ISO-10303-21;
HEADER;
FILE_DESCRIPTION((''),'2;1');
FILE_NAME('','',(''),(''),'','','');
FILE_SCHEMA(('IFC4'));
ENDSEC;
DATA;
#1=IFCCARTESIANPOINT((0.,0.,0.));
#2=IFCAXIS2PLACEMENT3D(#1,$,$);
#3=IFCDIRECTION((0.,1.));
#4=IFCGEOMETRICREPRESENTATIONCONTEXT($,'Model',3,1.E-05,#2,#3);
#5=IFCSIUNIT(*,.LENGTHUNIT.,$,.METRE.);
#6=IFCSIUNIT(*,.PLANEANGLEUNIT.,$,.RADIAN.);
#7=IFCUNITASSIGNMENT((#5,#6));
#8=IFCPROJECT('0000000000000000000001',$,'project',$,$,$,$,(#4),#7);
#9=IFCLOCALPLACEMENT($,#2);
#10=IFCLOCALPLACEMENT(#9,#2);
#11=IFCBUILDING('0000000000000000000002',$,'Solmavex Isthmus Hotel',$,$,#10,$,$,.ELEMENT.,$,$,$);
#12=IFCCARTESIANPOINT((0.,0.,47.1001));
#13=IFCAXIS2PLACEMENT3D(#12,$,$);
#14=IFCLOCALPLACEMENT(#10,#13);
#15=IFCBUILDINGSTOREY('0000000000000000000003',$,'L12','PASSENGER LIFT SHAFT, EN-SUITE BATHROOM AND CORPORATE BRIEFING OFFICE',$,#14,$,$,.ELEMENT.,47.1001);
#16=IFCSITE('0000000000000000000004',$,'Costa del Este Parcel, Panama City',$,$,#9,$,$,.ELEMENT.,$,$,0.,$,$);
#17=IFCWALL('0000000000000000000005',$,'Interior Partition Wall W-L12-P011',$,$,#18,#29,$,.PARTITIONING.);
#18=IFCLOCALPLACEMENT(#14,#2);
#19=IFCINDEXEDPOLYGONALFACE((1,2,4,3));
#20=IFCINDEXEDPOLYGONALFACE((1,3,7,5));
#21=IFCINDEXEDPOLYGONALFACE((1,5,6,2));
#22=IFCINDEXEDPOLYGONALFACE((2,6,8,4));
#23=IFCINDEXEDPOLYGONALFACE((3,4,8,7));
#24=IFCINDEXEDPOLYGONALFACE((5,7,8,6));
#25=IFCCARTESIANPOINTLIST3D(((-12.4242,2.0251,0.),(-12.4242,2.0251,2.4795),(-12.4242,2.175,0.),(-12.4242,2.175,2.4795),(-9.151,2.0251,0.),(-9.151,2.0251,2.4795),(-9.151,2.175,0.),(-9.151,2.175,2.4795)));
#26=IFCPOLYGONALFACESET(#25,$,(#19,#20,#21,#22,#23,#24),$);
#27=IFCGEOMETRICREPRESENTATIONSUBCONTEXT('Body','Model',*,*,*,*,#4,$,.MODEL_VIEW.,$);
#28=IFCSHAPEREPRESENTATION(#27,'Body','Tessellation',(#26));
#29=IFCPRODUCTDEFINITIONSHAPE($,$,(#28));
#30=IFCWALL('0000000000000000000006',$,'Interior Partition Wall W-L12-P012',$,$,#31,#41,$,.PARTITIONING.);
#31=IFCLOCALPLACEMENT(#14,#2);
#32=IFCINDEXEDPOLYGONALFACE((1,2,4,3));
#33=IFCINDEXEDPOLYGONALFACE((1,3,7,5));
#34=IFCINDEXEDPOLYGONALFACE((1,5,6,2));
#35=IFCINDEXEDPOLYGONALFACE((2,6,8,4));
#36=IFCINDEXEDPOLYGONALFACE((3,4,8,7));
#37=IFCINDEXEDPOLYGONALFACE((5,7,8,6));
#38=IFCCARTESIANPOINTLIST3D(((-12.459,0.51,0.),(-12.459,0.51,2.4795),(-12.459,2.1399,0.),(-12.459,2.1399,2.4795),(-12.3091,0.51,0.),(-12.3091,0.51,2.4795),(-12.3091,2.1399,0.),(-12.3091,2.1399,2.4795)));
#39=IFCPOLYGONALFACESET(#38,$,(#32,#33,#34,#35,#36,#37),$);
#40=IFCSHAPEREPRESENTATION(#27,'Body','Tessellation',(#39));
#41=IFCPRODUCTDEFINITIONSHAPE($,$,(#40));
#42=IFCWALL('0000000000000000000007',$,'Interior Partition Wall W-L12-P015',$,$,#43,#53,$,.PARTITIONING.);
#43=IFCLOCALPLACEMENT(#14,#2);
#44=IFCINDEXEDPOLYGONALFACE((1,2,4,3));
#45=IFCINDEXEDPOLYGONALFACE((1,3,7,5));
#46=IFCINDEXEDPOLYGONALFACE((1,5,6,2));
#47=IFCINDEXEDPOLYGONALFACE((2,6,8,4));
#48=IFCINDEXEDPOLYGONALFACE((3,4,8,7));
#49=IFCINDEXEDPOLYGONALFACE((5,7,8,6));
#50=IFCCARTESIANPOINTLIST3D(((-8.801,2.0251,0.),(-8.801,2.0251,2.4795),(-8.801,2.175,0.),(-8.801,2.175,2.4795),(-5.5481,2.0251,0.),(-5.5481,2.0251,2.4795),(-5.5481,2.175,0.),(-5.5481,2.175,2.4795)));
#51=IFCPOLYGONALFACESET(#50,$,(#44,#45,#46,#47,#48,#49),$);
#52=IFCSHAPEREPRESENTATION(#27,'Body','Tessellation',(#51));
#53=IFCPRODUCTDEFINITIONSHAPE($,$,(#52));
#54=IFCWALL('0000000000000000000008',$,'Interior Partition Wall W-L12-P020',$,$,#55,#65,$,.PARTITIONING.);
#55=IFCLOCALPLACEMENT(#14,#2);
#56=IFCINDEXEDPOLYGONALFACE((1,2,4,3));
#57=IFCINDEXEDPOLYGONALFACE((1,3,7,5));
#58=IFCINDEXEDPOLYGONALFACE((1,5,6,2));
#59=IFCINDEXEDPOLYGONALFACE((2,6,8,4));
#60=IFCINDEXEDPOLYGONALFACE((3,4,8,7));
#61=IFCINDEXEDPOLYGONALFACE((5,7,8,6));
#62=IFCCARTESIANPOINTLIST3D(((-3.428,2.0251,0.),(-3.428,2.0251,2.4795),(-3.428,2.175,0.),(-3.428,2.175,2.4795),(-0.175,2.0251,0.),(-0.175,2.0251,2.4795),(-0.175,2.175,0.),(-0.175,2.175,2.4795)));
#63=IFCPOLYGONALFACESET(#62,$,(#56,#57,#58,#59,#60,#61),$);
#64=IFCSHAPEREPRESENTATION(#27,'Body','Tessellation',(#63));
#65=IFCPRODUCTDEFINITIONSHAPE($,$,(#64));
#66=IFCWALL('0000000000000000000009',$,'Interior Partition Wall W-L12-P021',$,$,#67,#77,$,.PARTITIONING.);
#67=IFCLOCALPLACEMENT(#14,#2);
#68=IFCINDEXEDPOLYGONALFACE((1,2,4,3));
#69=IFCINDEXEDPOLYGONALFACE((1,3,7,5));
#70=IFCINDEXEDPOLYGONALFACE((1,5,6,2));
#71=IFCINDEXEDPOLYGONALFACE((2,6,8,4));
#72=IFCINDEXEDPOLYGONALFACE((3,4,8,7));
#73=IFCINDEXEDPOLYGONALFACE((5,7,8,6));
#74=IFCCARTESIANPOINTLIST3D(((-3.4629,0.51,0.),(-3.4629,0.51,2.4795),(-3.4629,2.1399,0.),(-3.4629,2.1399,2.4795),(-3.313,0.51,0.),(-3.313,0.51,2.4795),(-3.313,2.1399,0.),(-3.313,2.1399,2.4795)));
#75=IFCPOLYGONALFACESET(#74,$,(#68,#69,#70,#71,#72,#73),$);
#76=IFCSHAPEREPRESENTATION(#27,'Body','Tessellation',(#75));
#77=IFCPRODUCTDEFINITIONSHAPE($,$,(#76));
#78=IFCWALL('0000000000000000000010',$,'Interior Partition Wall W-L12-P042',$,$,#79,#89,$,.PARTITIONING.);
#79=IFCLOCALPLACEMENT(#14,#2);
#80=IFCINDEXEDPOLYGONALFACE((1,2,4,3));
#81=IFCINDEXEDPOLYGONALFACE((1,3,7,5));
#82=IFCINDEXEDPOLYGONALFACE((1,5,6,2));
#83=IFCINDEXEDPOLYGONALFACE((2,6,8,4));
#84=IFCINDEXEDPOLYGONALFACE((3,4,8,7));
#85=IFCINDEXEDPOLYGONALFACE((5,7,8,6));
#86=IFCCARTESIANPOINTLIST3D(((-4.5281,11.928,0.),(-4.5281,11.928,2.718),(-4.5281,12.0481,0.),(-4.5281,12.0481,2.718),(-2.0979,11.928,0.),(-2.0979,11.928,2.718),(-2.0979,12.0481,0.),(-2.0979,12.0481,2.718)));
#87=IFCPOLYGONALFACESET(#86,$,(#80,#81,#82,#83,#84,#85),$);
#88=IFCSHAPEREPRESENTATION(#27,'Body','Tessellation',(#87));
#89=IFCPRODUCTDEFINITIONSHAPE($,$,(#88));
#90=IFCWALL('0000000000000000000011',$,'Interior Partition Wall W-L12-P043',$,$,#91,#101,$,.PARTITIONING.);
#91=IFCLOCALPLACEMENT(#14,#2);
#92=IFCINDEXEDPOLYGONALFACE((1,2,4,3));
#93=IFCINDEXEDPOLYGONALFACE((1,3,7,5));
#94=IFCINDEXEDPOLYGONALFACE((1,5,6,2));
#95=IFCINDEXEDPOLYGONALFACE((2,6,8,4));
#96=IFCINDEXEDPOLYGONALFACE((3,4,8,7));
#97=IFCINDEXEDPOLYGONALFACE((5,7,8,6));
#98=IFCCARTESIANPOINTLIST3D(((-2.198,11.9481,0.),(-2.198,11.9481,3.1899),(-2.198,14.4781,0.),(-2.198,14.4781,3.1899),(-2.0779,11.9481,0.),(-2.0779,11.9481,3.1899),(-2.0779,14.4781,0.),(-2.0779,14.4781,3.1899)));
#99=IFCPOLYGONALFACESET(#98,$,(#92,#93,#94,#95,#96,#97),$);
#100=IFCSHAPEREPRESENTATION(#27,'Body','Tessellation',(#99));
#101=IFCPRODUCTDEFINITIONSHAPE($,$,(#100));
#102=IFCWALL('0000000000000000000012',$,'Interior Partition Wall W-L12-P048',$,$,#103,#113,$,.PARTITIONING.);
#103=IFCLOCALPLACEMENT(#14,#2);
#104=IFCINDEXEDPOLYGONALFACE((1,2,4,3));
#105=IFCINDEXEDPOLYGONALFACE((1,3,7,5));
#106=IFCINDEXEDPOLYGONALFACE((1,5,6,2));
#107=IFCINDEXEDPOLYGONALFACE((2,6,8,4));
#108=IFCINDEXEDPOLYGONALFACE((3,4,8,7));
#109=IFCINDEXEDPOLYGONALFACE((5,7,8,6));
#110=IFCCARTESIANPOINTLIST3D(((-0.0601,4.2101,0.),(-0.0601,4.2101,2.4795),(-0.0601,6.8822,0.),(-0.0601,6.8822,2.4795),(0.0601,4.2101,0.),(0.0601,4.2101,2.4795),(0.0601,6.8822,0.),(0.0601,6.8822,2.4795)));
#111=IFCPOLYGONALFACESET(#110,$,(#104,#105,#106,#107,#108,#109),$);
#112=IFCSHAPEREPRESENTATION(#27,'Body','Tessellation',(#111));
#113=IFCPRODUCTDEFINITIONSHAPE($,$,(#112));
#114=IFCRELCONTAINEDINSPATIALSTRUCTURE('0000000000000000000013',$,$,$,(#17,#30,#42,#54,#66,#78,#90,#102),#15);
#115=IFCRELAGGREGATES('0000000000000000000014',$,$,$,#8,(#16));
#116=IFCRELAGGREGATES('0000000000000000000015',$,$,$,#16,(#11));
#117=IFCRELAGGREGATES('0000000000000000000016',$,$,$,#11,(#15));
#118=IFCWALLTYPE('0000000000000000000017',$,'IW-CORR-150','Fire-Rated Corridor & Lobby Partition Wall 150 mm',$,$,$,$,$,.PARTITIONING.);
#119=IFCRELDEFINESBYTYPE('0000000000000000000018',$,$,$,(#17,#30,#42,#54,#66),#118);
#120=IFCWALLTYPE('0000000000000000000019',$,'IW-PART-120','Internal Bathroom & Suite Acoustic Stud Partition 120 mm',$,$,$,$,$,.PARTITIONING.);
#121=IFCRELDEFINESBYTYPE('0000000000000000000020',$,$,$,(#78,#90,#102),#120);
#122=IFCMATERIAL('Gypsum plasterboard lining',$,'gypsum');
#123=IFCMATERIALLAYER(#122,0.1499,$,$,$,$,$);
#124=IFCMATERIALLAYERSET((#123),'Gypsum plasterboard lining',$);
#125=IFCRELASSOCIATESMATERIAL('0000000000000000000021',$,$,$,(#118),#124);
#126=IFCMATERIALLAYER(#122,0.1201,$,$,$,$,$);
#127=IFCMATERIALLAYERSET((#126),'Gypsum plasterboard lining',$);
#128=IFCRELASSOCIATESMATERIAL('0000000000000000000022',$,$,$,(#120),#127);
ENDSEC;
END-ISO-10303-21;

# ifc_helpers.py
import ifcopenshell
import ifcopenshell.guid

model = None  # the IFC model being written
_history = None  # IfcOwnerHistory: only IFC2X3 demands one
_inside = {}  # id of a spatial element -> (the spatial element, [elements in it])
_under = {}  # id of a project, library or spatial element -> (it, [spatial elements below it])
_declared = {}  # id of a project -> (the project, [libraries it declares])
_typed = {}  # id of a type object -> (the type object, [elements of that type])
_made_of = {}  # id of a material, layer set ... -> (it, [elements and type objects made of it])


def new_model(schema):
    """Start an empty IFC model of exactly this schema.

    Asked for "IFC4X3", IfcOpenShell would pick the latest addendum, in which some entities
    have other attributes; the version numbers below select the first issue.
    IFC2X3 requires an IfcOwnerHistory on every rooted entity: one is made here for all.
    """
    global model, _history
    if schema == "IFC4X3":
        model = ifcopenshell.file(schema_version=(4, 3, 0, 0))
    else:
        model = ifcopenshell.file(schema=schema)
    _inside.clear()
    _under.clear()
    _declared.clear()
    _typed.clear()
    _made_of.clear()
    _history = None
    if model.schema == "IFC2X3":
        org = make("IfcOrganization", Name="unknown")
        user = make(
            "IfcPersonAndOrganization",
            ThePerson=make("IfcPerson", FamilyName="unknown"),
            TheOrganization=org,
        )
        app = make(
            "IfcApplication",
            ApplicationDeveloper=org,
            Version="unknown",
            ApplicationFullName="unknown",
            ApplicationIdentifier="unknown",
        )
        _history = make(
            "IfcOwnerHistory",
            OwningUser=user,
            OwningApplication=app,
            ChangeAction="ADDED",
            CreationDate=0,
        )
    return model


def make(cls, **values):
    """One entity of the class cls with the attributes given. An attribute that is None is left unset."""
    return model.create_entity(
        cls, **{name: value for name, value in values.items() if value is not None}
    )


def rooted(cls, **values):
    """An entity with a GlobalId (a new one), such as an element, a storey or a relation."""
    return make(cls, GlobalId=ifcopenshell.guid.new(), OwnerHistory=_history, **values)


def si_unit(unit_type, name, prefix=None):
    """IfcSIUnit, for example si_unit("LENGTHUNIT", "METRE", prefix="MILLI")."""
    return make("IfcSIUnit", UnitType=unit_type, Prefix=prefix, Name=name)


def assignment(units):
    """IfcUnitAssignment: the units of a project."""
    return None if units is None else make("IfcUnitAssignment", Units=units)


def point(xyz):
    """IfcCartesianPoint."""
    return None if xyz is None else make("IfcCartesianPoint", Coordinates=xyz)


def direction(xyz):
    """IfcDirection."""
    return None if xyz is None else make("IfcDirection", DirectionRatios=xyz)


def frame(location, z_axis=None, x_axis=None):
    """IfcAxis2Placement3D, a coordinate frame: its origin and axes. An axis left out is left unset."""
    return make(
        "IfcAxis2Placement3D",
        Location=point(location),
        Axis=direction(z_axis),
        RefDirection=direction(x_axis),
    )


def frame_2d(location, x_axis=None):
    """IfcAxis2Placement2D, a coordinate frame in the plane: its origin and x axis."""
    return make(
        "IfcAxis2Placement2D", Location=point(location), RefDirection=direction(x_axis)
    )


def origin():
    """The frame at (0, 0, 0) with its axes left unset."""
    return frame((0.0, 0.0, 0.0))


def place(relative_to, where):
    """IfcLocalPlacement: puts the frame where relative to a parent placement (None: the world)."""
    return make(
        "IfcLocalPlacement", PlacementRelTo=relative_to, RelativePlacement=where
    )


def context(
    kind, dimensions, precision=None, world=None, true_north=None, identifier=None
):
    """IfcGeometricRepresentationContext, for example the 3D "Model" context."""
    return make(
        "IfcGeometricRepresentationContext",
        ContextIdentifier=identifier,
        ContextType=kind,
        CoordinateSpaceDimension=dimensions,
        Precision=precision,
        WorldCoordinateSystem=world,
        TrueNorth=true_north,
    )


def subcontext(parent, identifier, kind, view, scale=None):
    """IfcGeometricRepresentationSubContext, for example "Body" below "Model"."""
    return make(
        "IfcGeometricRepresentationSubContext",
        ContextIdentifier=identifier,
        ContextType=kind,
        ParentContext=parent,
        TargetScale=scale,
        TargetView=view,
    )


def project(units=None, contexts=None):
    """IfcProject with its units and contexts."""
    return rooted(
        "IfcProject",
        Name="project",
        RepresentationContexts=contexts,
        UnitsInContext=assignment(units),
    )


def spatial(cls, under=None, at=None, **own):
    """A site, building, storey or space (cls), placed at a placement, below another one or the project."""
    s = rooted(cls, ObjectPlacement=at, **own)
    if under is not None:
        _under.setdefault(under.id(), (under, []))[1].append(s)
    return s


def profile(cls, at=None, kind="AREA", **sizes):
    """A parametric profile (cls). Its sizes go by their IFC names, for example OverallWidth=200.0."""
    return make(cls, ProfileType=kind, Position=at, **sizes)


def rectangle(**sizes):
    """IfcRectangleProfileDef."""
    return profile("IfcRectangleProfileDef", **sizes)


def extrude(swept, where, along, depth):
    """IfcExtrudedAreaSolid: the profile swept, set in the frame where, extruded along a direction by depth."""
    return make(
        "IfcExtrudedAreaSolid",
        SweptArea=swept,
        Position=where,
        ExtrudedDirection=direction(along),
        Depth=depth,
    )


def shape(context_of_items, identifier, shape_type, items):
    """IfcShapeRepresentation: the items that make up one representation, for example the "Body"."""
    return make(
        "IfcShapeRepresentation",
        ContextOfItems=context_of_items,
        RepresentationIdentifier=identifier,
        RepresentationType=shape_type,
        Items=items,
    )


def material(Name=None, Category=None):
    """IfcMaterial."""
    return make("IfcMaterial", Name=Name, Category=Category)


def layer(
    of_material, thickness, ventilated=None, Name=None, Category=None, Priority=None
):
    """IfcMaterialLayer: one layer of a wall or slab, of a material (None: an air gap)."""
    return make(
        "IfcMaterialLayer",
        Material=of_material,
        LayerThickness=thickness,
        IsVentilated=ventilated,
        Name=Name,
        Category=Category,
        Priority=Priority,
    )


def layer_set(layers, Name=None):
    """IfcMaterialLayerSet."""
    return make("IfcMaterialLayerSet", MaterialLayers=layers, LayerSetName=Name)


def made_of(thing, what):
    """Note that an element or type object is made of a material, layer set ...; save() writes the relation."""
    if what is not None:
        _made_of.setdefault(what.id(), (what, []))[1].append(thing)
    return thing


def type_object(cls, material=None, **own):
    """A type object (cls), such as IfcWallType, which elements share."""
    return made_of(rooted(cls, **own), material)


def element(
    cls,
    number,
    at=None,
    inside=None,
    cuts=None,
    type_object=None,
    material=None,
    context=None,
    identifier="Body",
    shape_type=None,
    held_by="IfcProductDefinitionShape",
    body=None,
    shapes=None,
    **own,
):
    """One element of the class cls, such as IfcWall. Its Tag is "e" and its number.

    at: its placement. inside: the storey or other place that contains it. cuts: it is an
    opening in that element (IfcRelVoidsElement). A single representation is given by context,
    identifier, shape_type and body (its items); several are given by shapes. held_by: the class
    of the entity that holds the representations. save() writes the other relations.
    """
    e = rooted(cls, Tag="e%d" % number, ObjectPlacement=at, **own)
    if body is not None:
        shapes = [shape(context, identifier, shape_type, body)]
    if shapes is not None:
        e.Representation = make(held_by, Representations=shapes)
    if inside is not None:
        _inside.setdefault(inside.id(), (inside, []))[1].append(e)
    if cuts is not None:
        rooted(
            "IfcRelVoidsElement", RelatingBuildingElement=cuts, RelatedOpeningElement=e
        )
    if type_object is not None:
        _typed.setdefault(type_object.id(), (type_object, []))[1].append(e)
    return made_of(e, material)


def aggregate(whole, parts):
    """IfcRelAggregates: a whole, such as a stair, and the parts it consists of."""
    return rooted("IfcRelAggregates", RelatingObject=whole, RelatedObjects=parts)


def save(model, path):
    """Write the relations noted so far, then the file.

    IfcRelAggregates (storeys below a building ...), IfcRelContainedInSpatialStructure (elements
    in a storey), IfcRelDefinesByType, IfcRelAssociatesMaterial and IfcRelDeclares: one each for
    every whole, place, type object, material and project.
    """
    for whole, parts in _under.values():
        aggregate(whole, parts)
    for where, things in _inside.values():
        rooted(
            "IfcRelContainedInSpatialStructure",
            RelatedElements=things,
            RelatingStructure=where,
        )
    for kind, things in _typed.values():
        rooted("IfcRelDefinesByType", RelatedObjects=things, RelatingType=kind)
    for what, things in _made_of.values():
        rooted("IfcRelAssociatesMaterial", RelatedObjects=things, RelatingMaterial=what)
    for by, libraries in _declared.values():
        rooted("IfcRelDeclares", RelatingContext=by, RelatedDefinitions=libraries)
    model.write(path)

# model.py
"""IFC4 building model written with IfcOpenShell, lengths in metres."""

from ifc_helpers import new_model, si_unit, direction, frame, frame_2d, origin, place, context, subcontext, project, spatial, rectangle, extrude, material, layer, layer_set, type_object, element, save


model = new_model("IFC4")

# Units and contexts
model_context = context("Model", 3, precision=1e-05, world=origin(), true_north=direction((0.0, 1.0)))
body_context = subcontext(model_context, "Body", "Model", "MODEL_VIEW")
ifc_project = project(units=[si_unit("LENGTHUNIT", "METRE"), si_unit("PLANEANGLEUNIT", "RADIAN")], contexts=[model_context])

# Site, building, storey
site_placement = place(None, origin())
site = spatial("IfcSite", under=ifc_project, at=site_placement, Name="Costa del Este Parcel, Panama City", CompositionType="ELEMENT", RefElevation=0.0)
building_placement = place(site_placement, origin())
building = spatial("IfcBuilding", under=site, at=building_placement, Name="Solmavex Isthmus Hotel", CompositionType="ELEMENT")
storey_placement = place(building_placement, frame((0.0, 0.0, 47.1001)))
storey = spatial("IfcBuildingStorey", under=building, at=storey_placement, Name="L12", Description="PASSENGER LIFT SHAFT, EN-SUITE BATHROOM AND CORPORATE BRIEFING OFFICE", CompositionType="ELEMENT", Elevation=47.1001)

# Shared definitions
ifc_material_1 = material(Name="Gypsum plasterboard lining", Category="gypsum")

# Shared definitions
ifc_layer_1 = layer(ifc_material_1, 0.1499)
ifc_layer_set_1 = layer_set([ifc_layer_1], Name="Gypsum plasterboard lining")
wall_type_1 = type_object("IfcWallType", Name="IW-CORR-150", Description="Fire-Rated Corridor & Lobby Partition Wall 150 mm", PredefinedType="PARTITIONING", material=ifc_layer_set_1)

# Walls
wall_1_placement = place(storey_placement, frame((-9.1509, 2.1001, 0.0), z_axis=(0.0, 0.0, 1.0), x_axis=(-1.0, 0.0, 0.0)))
element("IfcWall", 1, at=wall_1_placement, inside=storey, type_object=wall_type_1, Name="Interior Partition Wall W-L12-P011", PredefinedType="PARTITIONING", context=body_context, shape_type="SweptSolid", body=[
    extrude(rectangle(XDim=3.2732, YDim=0.1499, at=frame_2d((1.6367, 0.0))), origin(), (0.0, 0.0, 1.0), 2.4795),
])
wall_2_placement = place(storey_placement, frame((-12.384, 2.1399, 0.0), z_axis=(0.0, 0.0, 1.0), x_axis=(0.0, -1.0, 0.0)))
element("IfcWall", 2, at=wall_2_placement, inside=storey, type_object=wall_type_1, Name="Interior Partition Wall W-L12-P012", PredefinedType="PARTITIONING", context=body_context, shape_type="SweptSolid", body=[
    extrude(rectangle(XDim=1.6299, YDim=0.1499, at=frame_2d((0.8149, 0.0))), origin(), (0.0, 0.0, 1.0), 2.4795),
])
for number, where, z_axis, x_axis, name in (
    (3, (-5.5481, 2.1001, 0.0), (0.0, 0.0, 1.0), (-1.0, 0.0, 0.0), "Interior Partition Wall W-L12-P015"),
    (4, (-0.175, 2.1001, 0.0), (0.0, 0.0, 1.0), (-1.0, 0.0, 0.0), "Interior Partition Wall W-L12-P020"),
):
    element("IfcWall", number, at=place(storey_placement, frame(where, z_axis=z_axis, x_axis=x_axis)), inside=storey, type_object=wall_type_1, Name=name, PredefinedType="PARTITIONING", context=body_context, shape_type="SweptSolid", body=[
        extrude(rectangle(XDim=3.2529, YDim=0.1499, at=frame_2d((1.6265, 0.0))), origin(), (0.0, 0.0, 1.0), 2.4795),
    ])
wall_3_placement = place(storey_placement, frame((-3.3879, 2.1399, 0.0), z_axis=(0.0, 0.0, 1.0), x_axis=(0.0, -1.0, 0.0)))
element("IfcWall", 5, at=wall_3_placement, inside=storey, type_object=wall_type_1, Name="Interior Partition Wall W-L12-P021", PredefinedType="PARTITIONING", context=body_context, shape_type="SweptSolid", body=[
    extrude(rectangle(XDim=1.6299, YDim=0.1499, at=frame_2d((0.8149, 0.0))), origin(), (0.0, 0.0, 1.0), 2.4795),
])
ifc_layer_2 = layer(ifc_material_1, 0.1201)
ifc_layer_set_2 = layer_set([ifc_layer_2], Name="Gypsum plasterboard lining")
wall_type_2 = type_object("IfcWallType", Name="IW-PART-120", Description="Internal Bathroom & Suite Acoustic Stud Partition 120 mm", PredefinedType="PARTITIONING", material=ifc_layer_set_2)
wall_4_placement = place(storey_placement, frame((-4.5281, 11.988, 0.0), z_axis=(0.0, 0.0, 1.0), x_axis=(1.0, 0.0, 0.0)))
element("IfcWall", 6, at=wall_4_placement, inside=storey, type_object=wall_type_2, Name="Interior Partition Wall W-L12-P042", PredefinedType="PARTITIONING", context=body_context, shape_type="SweptSolid", body=[
    extrude(rectangle(XDim=2.4302, YDim=0.1201, at=frame_2d((1.2151, 0.0))), origin(), (0.0, 0.0, 1.0), 2.718),
])
wall_5_placement = place(storey_placement, frame((-2.1379, 11.948, 0.0), z_axis=(0.0, 0.0, 1.0), x_axis=(0.0, 1.0, 0.0)))
element("IfcWall", 7, at=wall_5_placement, inside=storey, type_object=wall_type_2, Name="Interior Partition Wall W-L12-P043", PredefinedType="PARTITIONING", context=body_context, shape_type="SweptSolid", body=[
    extrude(rectangle(XDim=2.53, YDim=0.1201, at=frame_2d((1.2651, 0.0))), origin(), (0.0, 0.0, 1.0), 3.1899),
])
wall_6_placement = place(storey_placement, frame((0.0, 6.8821, 0.0), z_axis=(0.0, 0.0, 1.0), x_axis=(0.0, -1.0, 0.0)))
element("IfcWall", 8, at=wall_6_placement, inside=storey, type_object=wall_type_2, Name="Interior Partition Wall W-L12-P048", PredefinedType="PARTITIONING", context=body_context, shape_type="SweptSolid", body=[
    extrude(rectangle(XDim=2.6721, YDim=0.1201, at=frame_2d((1.3359, 0.0))), origin(), (0.0, 0.0, 1.0), 2.4795),
])

save(model, "model.ifc")
